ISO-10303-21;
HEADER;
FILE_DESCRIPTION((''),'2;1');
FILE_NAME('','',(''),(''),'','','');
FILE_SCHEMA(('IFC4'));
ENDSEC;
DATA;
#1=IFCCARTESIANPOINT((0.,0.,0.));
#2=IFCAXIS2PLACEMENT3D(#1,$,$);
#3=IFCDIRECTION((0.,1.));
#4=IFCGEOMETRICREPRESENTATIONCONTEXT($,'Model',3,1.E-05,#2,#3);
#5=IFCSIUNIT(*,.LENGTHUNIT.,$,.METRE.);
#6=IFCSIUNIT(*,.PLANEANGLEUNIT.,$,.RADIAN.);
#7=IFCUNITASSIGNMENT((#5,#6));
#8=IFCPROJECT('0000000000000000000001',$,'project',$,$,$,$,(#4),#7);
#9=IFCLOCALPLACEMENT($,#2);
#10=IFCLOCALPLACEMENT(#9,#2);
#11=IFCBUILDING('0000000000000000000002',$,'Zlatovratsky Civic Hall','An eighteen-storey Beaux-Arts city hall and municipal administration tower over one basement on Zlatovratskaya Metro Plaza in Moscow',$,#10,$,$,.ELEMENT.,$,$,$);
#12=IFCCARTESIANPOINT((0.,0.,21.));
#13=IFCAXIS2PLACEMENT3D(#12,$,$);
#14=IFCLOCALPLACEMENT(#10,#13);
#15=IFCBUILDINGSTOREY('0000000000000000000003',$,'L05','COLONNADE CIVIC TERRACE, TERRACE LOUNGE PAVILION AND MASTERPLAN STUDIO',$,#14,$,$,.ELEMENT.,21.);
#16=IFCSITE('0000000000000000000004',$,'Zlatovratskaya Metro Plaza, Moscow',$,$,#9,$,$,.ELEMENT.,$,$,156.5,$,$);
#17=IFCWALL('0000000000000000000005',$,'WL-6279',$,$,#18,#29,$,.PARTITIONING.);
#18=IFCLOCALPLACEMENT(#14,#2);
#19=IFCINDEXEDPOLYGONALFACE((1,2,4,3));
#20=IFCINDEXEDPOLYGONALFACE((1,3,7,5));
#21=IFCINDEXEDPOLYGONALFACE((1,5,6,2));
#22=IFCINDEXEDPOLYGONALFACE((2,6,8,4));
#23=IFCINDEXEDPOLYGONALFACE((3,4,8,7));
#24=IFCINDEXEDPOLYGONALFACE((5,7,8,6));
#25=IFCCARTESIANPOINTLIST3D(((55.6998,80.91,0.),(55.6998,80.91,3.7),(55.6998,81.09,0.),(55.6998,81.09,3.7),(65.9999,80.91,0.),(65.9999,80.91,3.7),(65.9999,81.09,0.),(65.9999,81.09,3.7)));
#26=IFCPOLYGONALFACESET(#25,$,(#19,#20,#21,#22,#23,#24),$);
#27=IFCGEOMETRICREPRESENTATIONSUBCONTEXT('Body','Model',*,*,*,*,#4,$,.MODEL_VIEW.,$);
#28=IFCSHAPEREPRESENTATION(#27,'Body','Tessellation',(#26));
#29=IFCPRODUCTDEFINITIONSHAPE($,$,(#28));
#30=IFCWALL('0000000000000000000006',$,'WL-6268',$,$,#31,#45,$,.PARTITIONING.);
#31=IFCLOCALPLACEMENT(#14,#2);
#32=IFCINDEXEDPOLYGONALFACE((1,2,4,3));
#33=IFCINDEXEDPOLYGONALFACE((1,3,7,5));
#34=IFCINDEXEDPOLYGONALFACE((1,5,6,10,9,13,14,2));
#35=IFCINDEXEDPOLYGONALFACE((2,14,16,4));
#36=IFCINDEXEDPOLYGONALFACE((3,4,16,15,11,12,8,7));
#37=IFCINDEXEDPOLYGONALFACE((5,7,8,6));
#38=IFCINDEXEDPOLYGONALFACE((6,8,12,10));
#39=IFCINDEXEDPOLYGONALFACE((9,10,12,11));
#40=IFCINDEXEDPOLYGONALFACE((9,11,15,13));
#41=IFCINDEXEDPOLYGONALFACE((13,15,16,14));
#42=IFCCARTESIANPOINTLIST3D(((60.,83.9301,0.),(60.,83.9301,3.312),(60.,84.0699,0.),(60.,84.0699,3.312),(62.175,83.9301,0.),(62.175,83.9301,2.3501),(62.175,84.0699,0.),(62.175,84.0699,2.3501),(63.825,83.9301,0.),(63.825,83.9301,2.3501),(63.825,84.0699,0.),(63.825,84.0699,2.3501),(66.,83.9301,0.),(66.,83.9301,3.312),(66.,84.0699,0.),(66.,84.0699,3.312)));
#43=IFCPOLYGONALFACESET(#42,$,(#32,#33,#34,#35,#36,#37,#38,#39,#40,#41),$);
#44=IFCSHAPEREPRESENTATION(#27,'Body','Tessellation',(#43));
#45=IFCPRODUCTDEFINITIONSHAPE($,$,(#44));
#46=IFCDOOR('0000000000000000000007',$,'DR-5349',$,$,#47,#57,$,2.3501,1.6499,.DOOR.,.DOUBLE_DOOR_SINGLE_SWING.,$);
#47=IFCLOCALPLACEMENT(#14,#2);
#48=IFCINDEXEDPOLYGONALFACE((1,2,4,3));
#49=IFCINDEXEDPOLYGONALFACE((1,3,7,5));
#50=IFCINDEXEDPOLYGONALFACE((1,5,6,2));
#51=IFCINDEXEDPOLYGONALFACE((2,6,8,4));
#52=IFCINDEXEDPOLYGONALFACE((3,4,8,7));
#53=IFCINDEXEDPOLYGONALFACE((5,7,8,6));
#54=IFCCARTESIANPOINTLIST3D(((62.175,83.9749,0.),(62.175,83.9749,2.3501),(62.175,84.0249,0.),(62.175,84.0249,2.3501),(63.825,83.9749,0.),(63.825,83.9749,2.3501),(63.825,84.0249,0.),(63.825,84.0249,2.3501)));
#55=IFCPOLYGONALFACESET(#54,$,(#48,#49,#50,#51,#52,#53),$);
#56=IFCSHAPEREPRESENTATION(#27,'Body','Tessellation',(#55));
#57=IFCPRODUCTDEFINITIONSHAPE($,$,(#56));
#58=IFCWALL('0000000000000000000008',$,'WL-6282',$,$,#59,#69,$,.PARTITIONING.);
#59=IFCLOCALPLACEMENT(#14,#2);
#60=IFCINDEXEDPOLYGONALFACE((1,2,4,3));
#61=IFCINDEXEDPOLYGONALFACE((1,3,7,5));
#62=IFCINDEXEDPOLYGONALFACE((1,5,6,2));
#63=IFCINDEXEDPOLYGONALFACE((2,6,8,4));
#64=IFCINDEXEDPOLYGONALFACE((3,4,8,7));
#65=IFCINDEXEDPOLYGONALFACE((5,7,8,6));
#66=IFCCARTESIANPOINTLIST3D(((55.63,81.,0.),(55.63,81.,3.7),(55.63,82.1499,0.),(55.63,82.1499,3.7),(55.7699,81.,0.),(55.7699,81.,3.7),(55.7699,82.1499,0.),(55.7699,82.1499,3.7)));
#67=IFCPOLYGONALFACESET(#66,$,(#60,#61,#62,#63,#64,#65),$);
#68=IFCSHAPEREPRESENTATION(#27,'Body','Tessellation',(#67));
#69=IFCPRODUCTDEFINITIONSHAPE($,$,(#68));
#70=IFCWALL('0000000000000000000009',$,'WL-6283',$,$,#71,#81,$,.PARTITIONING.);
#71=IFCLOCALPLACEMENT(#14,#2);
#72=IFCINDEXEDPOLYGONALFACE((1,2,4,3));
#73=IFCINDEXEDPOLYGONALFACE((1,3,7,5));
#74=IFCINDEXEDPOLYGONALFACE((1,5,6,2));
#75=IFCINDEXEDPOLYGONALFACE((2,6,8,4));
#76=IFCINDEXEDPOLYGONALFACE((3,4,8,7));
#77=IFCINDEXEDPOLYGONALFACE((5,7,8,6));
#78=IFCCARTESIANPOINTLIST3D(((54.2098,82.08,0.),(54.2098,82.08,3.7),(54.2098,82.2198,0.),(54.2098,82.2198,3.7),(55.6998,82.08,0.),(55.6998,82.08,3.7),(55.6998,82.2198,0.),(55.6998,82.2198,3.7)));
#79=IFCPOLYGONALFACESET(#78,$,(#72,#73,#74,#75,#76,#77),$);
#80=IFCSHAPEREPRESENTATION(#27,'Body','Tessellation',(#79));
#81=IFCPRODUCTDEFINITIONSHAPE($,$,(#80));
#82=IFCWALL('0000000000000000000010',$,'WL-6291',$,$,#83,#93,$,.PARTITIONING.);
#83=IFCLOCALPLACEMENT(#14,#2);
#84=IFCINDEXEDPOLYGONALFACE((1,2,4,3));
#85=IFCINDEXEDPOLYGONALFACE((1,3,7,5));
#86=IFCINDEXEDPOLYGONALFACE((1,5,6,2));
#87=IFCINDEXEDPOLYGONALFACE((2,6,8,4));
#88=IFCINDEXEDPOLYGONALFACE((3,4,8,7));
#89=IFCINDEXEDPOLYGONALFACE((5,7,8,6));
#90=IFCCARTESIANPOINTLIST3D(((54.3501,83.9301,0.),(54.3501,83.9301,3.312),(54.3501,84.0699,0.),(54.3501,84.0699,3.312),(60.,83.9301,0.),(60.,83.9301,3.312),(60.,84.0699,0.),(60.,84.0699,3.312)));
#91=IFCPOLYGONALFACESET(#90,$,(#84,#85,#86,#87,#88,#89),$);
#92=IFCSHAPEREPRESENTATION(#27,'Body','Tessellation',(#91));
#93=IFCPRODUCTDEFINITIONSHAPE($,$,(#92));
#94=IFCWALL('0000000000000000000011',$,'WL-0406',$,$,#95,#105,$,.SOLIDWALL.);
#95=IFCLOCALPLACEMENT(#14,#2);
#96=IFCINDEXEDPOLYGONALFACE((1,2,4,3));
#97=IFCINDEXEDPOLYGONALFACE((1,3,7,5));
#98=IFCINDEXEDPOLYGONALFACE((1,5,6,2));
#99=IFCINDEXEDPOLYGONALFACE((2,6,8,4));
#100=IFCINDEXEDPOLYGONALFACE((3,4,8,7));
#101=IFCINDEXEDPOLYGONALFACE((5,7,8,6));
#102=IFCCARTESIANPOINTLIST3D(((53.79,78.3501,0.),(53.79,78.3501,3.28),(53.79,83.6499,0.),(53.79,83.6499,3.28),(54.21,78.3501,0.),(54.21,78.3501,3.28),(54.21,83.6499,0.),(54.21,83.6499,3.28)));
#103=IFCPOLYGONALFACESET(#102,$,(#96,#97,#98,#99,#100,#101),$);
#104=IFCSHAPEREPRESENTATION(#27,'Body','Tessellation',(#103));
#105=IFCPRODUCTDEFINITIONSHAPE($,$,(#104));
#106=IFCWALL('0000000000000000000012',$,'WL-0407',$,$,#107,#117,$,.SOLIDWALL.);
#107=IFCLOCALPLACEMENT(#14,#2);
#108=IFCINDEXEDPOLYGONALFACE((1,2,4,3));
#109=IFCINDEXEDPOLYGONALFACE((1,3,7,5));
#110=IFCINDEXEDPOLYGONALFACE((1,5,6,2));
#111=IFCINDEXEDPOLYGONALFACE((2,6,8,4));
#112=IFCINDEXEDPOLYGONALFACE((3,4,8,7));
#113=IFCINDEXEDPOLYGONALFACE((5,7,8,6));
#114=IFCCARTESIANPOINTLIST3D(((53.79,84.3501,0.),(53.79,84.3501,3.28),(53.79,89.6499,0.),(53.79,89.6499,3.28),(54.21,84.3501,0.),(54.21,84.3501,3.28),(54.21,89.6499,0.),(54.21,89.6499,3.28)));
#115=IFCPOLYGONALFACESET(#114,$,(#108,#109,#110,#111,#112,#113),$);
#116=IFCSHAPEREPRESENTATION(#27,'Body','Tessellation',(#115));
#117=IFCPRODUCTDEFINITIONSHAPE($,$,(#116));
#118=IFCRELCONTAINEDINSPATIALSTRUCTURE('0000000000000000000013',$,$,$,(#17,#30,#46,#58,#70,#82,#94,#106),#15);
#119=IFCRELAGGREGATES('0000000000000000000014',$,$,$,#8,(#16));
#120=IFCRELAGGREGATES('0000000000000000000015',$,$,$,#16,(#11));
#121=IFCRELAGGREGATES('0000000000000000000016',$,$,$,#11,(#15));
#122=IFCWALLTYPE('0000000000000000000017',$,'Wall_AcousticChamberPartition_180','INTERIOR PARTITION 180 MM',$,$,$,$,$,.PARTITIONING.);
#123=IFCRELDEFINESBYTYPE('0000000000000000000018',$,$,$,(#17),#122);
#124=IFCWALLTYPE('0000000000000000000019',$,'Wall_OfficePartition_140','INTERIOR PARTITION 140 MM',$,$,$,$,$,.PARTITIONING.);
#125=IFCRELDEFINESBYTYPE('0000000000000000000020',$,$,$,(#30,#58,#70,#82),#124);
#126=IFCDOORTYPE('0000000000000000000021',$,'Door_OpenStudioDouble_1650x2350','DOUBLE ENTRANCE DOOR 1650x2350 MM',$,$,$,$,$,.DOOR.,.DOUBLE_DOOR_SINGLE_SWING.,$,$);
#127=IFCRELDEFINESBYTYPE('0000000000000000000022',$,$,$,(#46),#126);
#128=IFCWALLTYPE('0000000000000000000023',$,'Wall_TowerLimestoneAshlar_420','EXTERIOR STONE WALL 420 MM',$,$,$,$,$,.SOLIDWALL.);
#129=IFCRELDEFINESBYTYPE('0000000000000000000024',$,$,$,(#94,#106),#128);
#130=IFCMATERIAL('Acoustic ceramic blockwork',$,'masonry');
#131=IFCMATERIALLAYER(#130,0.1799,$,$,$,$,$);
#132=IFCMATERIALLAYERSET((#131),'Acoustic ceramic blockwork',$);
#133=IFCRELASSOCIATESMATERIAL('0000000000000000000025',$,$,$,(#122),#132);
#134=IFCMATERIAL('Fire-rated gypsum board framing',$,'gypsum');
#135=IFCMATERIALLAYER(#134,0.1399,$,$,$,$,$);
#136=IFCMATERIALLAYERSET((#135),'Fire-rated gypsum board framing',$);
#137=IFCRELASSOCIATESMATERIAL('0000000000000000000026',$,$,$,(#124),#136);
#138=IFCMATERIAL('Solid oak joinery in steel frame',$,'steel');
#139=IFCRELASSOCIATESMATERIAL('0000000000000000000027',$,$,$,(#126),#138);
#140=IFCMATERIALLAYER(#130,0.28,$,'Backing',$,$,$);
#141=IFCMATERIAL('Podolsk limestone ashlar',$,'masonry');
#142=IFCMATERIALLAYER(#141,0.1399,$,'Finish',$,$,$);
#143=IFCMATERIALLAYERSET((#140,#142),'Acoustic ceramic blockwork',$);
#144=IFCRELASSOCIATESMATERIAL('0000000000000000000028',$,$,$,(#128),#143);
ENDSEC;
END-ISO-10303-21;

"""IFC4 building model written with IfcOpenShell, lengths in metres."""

from ifc_helpers import new_model, si_unit, direction, frame, frame_2d, origin, place, context, subcontext, project, spatial, rectangle, extrude, material, layer, layer_set, type_object, element, fill, save


model = new_model("IFC4")

# Units and contexts
model_context = context("Model", 3, precision=1e-05, world=origin(), true_north=direction((0.0, 1.0)))
body_context = subcontext(model_context, "Body", "Model", "MODEL_VIEW")
ifc_project = project(units=[si_unit("LENGTHUNIT", "METRE"), si_unit("PLANEANGLEUNIT", "RADIAN")], contexts=[model_context])

# Site, building, storey
site_placement = place(None, origin())
site = spatial("IfcSite", under=ifc_project, at=site_placement, Name="Zlatovratskaya Metro Plaza, Moscow", CompositionType="ELEMENT", RefElevation=156.5)
building_placement = place(site_placement, origin())
building = spatial("IfcBuilding", under=site, at=building_placement, Name="Zlatovratsky Civic Hall", Description="An eighteen-storey Beaux-Arts city hall and municipal administration tower over one basement on Zlatovratskaya Metro Plaza in Moscow", CompositionType="ELEMENT")
storey_placement = place(building_placement, frame((0.0, 0.0, 21.0)))
storey = spatial("IfcBuildingStorey", under=building, at=storey_placement, Name="L05", Description="COLONNADE CIVIC TERRACE, TERRACE LOUNGE PAVILION AND MASTERPLAN STUDIO", CompositionType="ELEMENT", Elevation=21.0)

# Wall
ifc_material_1 = material(Name="Acoustic ceramic blockwork", Category="masonry")
ifc_layer_1 = layer(ifc_material_1, 0.1799)
ifc_layer_set_1 = layer_set([ifc_layer_1], Name="Acoustic ceramic blockwork")
wall_type_1 = type_object("IfcWallType", Name="Wall_AcousticChamberPartition_180", Description="INTERIOR PARTITION 180 MM", PredefinedType="PARTITIONING", material=ifc_layer_set_1)
wall_1_placement = place(storey_placement, frame((55.7, 81.0, 0.0), z_axis=(0.0, 0.0, 1.0), x_axis=(1.0, 0.0, 0.0)))
element("IfcWall", 1, at=wall_1_placement, inside=storey, type_object=wall_type_1, Name="WL-6279", PredefinedType="PARTITIONING", context=body_context, shape_type="SweptSolid", body=[
    extrude(rectangle(XDim=10.3, YDim=0.1799, at=frame_2d((5.1499, 0.0))), origin(), (0.0, 0.0, 1.0), 3.7),
])

# Wall, opening, door
ifc_material_2 = material(Name="Fire-rated gypsum board framing", Category="gypsum")
ifc_layer_2 = layer(ifc_material_2, 0.1399)
ifc_layer_set_2 = layer_set([ifc_layer_2], Name="Fire-rated gypsum board framing")
wall_type_2 = type_object("IfcWallType", Name="Wall_OfficePartition_140", Description="INTERIOR PARTITION 140 MM", PredefinedType="PARTITIONING", material=ifc_layer_set_2)
wall_2_placement = place(storey_placement, frame((60.0, 84.0, 0.0), z_axis=(0.0, 0.0, 1.0), x_axis=(1.0, 0.0, 0.0)))
wall_2 = element("IfcWall", 2, at=wall_2_placement, inside=storey, type_object=wall_type_2, Name="WL-6268", PredefinedType="PARTITIONING", context=body_context, shape_type="SweptSolid", body=[
    extrude(rectangle(XDim=6.0, YDim=0.1399, at=frame_2d((3.0, 0.0))), origin(), (0.0, 0.0, 1.0), 3.312),
])
opening_placement = place(wall_2_placement, frame((2.175, 0.0, 0.0)))
opening = element("IfcOpeningElement", 3, at=opening_placement, cuts=wall_2, PredefinedType="OPENING", context=body_context, shape_type="SweptSolid", body=[
    extrude(rectangle(XDim=1.6499, YDim=2.3501, at=frame_2d((0.825, 1.175))), frame((0.0, 0.085, 0.0), z_axis=(0.0, -1.0, 0.0), x_axis=(1.0, 0.0, 0.0)), (0.0, 0.0, 1.0), 0.1697),
])
ifc_material_3 = material(Name="Solid oak joinery in steel frame", Category="steel")
door_type = type_object("IfcDoorType", Name="Door_OpenStudioDouble_1650x2350", Description="DOUBLE ENTRANCE DOOR 1650x2350 MM", OperationType="DOUBLE_DOOR_SINGLE_SWING", PredefinedType="DOOR", material=ifc_material_3)
door_placement = place(opening_placement, origin())
door = element("IfcDoor", 4, at=door_placement, inside=storey, type_object=door_type, Name="DR-5349", OperationType="DOUBLE_DOOR_SINGLE_SWING", OverallHeight=2.3501, OverallWidth=1.6499, PredefinedType="DOOR", context=body_context, shape_type="SweptSolid", body=[
    extrude(rectangle(XDim=1.6499, YDim=2.3501, at=frame_2d((0.825, 1.175))), frame((0.0, 0.0249, 0.0), z_axis=(0.0, -1.0, 0.0), x_axis=(1.0, 0.0, 0.0)), (0.0, 0.0, 1.0), 0.05),
])
fill(opening, door)

# Walls
wall_3_placement = place(storey_placement, frame((55.7, 81.0, 0.0), z_axis=(0.0, 0.0, 1.0), x_axis=(0.0, 1.0, 0.0)))
element("IfcWall", 5, at=wall_3_placement, inside=storey, type_object=wall_type_2, Name="WL-6282", PredefinedType="PARTITIONING", context=body_context, shape_type="SweptSolid", body=[
    extrude(rectangle(XDim=1.1499, YDim=0.1399, at=frame_2d((0.575, 0.0))), origin(), (0.0, 0.0, 1.0), 3.7),
])
wall_4_placement = place(storey_placement, frame((55.7, 82.1499, 0.0), z_axis=(0.0, 0.0, 1.0), x_axis=(-1.0, 0.0, 0.0)))
element("IfcWall", 6, at=wall_4_placement, inside=storey, type_object=wall_type_2, Name="WL-6283", PredefinedType="PARTITIONING", context=body_context, shape_type="SweptSolid", body=[
    extrude(rectangle(XDim=1.49, YDim=0.1399, at=frame_2d((0.7451, 0.0))), origin(), (0.0, 0.0, 1.0), 3.7),
])
wall_5_placement = place(storey_placement, frame((54.3501, 84.0, 0.0), z_axis=(0.0, 0.0, 1.0), x_axis=(1.0, 0.0, 0.0)))
element("IfcWall", 7, at=wall_5_placement, inside=storey, type_object=wall_type_2, Name="WL-6291", PredefinedType="PARTITIONING", context=body_context, shape_type="SweptSolid", body=[
    extrude(rectangle(XDim=5.6499, YDim=0.1399, at=frame_2d((2.825, 0.0))), origin(), (0.0, 0.0, 1.0), 3.312),
])
ifc_layer_3 = layer(ifc_material_1, 0.28, Name="Backing")
ifc_material_4 = material(Name="Podolsk limestone ashlar", Category="masonry")
ifc_layer_4 = layer(ifc_material_4, 0.1399, Name="Finish")
ifc_layer_set_3 = layer_set([ifc_layer_3, ifc_layer_4], Name="Acoustic ceramic blockwork")
wall_type_3 = type_object("IfcWallType", Name="Wall_TowerLimestoneAshlar_420", Description="EXTERIOR STONE WALL 420 MM", PredefinedType="SOLIDWALL", material=ifc_layer_set_3)
for number, where, z_axis, x_axis, name in (
    (8, (54.0, 78.3501, 0.0), (0.0, 0.0, 1.0), (0.0, 1.0, 0.0), "WL-0406"),
    (9, (54.0, 84.3501, 0.0), (0.0, 0.0, 1.0), (0.0, 1.0, 0.0), "WL-0407"),
):
    element("IfcWall", number, at=place(storey_placement, frame(where, z_axis=z_axis, x_axis=x_axis)), inside=storey, type_object=wall_type_3, Name=name, PredefinedType="SOLIDWALL", context=body_context, shape_type="SweptSolid", body=[
        extrude(rectangle(XDim=5.2998, YDim=0.4199, at=frame_2d((2.6499, 0.0))), origin(), (0.0, 0.0, 1.0), 3.28),
    ])

save(model, "model.ifc")
